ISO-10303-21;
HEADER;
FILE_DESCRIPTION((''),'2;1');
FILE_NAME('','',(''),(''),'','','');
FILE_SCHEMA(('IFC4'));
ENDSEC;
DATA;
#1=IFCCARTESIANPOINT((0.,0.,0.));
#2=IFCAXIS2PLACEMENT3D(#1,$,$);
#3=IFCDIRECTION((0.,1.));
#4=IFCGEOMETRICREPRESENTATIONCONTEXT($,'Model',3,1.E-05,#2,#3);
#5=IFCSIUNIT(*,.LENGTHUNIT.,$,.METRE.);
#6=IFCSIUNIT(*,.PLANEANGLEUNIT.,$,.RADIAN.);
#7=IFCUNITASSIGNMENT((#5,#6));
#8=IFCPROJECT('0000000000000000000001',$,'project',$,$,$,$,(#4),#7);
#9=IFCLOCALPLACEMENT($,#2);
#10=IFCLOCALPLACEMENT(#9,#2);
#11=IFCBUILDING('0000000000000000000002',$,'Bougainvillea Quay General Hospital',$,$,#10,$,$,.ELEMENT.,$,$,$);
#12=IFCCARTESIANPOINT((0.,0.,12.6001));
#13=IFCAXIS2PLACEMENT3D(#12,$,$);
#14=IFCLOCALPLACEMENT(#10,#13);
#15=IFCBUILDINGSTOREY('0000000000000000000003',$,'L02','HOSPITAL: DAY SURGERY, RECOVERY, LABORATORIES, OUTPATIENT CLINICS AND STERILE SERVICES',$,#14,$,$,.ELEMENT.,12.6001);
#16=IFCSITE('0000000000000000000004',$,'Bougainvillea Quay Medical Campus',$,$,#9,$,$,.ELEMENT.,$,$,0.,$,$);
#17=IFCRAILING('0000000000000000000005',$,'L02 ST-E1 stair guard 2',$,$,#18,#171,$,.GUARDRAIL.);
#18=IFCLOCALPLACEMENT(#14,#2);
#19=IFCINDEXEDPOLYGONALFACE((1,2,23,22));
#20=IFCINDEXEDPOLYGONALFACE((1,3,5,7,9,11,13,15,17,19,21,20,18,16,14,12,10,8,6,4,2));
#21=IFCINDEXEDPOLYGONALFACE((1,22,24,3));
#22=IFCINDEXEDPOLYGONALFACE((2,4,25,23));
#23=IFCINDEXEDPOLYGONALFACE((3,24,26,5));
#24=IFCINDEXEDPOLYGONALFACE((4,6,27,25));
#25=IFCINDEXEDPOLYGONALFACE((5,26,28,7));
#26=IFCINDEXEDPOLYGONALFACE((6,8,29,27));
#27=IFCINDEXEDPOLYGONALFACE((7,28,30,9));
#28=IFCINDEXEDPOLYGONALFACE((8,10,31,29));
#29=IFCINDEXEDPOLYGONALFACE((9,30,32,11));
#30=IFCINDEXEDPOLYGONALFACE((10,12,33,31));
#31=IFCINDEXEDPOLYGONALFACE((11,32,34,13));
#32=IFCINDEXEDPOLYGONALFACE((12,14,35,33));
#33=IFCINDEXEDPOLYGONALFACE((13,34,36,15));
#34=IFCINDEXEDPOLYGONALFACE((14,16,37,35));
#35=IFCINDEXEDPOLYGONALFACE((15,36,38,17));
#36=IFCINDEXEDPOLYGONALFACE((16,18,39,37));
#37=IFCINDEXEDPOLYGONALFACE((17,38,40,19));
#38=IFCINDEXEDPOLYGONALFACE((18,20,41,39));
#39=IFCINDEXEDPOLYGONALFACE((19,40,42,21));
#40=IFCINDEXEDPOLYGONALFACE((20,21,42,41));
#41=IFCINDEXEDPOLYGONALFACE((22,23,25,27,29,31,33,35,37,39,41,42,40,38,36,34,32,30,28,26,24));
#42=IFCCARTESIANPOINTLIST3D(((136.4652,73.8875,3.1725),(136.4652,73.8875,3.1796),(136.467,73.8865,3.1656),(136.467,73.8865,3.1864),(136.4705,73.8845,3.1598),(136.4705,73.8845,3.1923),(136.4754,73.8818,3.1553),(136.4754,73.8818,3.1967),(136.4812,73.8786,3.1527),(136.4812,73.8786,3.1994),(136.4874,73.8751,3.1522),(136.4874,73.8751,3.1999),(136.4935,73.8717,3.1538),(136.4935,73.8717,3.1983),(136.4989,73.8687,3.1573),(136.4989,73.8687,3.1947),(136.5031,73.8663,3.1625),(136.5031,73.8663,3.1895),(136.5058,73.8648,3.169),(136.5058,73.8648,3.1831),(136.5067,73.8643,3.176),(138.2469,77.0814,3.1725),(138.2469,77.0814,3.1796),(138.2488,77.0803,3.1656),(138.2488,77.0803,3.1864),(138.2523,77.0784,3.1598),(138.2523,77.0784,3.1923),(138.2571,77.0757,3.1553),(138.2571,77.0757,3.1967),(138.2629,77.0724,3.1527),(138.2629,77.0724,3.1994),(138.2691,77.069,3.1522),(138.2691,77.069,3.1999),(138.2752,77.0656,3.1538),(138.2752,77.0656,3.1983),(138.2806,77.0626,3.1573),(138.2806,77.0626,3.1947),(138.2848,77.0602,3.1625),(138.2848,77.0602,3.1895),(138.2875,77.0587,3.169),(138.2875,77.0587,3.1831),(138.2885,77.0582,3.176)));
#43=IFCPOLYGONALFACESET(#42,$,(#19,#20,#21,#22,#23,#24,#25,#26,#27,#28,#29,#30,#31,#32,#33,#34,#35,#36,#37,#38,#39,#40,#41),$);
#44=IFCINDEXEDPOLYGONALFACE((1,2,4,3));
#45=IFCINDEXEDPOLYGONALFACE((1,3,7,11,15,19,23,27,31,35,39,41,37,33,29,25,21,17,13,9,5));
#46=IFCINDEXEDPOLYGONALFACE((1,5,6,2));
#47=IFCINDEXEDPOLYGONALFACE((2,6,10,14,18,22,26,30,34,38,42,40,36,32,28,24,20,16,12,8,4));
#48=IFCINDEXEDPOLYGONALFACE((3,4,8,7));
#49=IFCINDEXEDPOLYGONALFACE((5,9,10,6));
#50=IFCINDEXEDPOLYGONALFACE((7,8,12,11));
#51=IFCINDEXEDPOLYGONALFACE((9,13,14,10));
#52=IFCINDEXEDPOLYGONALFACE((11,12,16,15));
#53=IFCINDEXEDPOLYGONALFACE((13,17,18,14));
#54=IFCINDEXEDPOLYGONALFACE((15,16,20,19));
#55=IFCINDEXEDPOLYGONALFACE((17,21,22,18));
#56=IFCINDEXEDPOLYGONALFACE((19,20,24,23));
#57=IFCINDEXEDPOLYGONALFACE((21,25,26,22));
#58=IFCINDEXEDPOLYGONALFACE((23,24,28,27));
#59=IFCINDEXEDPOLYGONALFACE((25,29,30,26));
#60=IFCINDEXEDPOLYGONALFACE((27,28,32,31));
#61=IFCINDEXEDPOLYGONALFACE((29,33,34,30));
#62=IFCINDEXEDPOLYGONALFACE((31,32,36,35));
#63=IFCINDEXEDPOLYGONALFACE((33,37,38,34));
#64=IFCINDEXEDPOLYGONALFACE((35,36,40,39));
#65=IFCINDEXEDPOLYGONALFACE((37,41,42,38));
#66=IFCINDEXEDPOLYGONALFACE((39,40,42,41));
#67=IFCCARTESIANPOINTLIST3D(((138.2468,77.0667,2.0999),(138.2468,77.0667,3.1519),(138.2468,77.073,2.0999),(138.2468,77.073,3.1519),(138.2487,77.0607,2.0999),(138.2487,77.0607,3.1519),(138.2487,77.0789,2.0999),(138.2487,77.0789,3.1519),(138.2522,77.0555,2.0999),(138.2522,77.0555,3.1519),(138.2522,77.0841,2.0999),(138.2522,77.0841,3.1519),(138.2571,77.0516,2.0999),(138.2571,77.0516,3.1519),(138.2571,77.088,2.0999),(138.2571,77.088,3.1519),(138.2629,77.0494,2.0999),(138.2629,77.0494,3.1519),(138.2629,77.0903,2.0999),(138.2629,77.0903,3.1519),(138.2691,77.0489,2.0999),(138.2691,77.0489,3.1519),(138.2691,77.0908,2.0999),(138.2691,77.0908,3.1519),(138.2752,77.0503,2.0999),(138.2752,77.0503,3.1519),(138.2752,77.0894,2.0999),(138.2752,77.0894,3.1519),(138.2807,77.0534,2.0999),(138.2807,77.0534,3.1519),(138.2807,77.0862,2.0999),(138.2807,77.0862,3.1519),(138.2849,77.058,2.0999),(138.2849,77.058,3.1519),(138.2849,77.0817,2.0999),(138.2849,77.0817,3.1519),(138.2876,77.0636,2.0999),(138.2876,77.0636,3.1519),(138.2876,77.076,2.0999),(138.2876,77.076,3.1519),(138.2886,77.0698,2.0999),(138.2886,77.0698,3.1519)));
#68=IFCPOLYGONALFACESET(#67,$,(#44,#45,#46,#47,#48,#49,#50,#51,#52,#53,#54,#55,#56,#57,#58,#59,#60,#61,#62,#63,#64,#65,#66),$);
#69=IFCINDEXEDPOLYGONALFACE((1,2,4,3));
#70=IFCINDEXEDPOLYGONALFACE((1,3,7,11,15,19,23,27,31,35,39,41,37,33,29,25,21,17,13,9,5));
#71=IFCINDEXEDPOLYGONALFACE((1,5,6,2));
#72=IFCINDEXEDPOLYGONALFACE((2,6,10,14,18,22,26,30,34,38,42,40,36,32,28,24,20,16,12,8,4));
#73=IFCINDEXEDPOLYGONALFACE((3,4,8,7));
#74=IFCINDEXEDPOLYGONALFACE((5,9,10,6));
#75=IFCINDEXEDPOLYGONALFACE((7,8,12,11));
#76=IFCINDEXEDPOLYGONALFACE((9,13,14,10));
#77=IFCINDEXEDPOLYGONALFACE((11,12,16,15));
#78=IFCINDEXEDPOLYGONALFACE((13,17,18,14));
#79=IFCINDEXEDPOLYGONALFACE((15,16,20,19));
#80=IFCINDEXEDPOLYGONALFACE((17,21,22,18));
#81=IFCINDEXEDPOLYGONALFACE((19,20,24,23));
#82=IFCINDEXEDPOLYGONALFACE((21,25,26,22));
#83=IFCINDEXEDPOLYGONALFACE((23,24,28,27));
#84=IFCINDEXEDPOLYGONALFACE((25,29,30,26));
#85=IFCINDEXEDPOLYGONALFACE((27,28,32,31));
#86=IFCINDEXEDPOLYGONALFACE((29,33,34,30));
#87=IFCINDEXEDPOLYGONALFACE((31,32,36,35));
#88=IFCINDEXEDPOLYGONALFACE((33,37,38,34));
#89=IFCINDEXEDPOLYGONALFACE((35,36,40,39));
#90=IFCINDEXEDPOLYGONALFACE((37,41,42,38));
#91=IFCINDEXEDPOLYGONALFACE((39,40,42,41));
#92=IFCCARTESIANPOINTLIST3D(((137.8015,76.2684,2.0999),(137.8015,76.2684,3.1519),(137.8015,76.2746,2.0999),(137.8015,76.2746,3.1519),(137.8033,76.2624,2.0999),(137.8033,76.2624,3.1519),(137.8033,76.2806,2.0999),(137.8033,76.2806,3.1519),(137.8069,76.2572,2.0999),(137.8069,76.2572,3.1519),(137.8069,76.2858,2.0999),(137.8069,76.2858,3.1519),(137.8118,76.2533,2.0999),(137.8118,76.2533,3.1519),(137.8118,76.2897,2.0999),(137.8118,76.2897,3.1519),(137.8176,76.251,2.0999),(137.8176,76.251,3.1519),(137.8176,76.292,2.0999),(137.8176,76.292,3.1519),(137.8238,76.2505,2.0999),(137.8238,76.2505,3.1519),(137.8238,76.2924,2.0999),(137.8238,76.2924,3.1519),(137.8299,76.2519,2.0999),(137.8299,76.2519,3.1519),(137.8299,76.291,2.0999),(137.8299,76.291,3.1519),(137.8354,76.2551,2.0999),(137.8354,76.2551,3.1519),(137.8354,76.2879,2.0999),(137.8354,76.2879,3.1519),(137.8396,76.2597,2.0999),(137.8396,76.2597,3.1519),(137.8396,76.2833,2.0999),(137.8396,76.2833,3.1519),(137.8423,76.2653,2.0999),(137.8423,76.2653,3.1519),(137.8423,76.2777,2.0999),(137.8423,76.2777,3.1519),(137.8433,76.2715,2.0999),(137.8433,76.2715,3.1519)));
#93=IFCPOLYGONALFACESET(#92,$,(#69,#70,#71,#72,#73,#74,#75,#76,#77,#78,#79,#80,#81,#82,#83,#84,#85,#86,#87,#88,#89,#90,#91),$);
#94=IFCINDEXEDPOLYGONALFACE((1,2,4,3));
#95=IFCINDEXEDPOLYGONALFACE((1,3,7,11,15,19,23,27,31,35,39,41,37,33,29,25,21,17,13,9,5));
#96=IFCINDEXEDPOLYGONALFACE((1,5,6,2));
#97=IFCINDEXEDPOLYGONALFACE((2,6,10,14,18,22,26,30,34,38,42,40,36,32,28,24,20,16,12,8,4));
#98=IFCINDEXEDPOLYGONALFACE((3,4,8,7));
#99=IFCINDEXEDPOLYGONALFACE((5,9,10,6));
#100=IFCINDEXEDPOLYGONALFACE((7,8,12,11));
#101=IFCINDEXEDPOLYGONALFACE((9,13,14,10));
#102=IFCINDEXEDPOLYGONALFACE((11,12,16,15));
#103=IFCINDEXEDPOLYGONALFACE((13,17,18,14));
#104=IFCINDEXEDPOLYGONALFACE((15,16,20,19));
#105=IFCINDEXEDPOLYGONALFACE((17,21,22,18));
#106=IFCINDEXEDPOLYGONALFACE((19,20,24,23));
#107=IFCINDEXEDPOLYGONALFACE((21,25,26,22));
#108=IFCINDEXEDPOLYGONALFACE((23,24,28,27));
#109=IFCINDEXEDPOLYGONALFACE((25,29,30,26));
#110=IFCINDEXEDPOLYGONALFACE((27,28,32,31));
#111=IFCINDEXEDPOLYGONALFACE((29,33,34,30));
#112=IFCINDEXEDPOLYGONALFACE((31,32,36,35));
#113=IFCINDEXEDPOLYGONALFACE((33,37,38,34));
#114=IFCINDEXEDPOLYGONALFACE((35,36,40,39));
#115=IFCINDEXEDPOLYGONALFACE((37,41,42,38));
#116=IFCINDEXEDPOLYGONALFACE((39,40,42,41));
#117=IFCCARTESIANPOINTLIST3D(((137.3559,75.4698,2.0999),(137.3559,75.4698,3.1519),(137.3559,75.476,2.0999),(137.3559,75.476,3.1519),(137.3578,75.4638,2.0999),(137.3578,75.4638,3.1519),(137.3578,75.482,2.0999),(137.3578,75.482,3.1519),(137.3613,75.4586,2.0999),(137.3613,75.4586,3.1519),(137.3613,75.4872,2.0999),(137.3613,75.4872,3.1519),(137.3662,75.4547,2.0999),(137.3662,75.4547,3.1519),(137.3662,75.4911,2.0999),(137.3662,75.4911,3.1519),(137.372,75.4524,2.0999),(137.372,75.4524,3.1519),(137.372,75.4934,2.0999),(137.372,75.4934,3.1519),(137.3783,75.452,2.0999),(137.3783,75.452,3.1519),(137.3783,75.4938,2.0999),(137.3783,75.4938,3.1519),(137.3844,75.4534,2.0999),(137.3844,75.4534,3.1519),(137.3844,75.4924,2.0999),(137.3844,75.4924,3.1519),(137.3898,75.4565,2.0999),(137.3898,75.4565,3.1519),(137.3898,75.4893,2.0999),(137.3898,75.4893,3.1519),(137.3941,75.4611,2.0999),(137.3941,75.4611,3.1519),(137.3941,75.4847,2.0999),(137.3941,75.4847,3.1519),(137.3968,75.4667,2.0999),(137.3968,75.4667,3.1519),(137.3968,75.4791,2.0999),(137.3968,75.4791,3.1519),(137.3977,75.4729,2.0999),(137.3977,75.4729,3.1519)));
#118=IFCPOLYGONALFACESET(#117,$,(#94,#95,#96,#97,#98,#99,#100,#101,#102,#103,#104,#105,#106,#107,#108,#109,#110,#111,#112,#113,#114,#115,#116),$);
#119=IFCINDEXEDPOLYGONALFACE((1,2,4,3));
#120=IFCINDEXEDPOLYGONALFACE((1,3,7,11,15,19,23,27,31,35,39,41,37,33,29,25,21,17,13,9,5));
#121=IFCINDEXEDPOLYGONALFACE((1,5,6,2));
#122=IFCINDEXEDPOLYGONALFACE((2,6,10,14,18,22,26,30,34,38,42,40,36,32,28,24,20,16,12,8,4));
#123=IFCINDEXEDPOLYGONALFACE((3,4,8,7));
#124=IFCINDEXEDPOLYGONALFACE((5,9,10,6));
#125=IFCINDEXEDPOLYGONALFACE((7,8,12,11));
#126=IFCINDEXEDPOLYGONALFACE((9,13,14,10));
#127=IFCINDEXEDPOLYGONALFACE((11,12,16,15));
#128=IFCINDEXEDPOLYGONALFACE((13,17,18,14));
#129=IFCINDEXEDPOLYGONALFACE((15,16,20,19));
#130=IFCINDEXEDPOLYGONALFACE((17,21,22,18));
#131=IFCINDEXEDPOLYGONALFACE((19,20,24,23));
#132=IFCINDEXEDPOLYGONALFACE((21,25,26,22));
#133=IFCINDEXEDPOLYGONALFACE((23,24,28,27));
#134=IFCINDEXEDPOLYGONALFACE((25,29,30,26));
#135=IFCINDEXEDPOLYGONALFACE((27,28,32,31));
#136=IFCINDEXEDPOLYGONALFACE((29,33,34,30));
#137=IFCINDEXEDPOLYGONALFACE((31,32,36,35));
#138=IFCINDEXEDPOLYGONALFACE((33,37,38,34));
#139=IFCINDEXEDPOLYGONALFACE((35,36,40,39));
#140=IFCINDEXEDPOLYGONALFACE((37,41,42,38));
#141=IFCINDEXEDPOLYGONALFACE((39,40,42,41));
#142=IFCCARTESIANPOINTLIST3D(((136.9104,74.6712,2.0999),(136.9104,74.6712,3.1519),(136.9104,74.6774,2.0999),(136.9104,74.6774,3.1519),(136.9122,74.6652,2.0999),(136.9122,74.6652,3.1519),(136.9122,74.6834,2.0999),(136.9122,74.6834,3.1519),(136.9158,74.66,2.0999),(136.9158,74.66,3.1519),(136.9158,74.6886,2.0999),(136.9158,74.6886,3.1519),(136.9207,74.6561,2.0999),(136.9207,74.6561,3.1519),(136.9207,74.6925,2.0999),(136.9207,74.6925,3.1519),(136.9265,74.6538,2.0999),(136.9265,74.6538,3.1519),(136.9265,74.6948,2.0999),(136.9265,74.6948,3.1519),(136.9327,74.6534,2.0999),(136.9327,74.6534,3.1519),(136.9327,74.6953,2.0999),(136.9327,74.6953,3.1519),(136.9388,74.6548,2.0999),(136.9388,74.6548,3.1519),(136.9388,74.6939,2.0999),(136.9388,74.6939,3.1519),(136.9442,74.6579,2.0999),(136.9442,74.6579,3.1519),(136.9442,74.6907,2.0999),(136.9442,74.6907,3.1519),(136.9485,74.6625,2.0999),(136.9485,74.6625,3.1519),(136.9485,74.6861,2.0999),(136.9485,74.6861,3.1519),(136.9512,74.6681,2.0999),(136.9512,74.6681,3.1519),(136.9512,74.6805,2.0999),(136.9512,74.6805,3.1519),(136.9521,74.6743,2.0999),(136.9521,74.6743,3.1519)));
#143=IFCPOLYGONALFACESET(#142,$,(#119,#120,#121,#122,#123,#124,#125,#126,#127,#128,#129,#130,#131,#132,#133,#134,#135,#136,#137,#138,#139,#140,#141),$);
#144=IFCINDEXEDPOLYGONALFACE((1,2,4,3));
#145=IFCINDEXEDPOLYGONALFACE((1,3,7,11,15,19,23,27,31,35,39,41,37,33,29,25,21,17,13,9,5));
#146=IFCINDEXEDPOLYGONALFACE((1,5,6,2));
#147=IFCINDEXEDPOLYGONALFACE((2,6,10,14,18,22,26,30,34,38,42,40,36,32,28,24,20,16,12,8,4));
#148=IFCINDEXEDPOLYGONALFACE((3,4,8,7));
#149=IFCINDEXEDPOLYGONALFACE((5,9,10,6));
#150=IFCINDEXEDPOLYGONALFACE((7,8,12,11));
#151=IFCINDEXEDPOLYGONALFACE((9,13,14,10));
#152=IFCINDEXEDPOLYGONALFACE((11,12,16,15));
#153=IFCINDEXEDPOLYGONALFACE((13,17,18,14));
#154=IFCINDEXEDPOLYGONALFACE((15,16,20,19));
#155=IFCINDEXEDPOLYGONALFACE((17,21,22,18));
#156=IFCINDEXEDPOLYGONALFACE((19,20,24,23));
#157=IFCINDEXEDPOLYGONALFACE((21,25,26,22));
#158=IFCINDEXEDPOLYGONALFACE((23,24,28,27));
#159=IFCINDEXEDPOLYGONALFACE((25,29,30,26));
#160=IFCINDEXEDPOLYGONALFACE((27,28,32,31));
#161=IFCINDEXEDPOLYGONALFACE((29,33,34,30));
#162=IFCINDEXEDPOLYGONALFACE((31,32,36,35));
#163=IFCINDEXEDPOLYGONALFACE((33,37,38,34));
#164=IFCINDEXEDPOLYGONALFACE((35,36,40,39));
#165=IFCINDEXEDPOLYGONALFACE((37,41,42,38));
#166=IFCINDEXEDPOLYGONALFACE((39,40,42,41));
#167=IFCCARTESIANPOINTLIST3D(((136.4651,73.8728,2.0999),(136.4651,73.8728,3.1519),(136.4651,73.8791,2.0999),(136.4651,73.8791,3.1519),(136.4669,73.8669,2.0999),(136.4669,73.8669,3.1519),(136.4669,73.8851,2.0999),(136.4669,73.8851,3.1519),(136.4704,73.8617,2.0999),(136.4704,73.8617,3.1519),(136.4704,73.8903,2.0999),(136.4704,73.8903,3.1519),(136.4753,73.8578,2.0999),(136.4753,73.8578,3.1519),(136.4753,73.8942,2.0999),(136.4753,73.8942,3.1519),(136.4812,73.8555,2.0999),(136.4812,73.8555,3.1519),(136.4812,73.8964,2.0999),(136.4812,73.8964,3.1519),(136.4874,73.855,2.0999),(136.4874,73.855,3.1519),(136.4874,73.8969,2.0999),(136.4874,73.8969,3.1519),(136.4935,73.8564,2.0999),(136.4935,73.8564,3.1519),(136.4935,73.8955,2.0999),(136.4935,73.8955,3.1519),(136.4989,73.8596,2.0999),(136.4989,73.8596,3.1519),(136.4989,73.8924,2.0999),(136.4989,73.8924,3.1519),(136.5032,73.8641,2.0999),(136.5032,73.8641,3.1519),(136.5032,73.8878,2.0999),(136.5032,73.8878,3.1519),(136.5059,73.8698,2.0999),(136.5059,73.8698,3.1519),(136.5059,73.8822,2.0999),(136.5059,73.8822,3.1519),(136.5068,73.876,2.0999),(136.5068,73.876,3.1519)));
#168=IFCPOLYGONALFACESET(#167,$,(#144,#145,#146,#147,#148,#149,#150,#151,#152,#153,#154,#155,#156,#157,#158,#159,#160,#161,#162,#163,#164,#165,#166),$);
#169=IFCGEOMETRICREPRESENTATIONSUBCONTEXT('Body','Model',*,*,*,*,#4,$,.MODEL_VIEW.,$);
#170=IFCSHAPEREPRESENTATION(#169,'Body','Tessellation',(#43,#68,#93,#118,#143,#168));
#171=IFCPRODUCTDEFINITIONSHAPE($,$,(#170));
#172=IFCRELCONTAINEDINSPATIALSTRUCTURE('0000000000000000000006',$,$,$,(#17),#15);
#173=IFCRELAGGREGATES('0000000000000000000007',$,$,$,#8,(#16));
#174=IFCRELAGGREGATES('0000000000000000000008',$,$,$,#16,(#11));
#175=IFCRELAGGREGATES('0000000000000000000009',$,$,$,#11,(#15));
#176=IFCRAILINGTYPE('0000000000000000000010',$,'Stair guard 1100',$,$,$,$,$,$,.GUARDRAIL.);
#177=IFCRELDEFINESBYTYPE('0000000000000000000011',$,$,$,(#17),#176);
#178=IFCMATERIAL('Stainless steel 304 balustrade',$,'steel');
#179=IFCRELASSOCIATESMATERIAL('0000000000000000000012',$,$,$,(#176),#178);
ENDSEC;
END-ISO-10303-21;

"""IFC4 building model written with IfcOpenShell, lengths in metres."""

from ifc_helpers import new_model, si_unit, direction, frame, origin, origin_2d, place, context, subcontext, project, spatial, circle, extrude, material, type_object, element, save


model = new_model("IFC4")

# Units and contexts
model_context = context("Model", 3, precision=1e-05, world=origin(), true_north=direction((0.0, 1.0)))
body_context = subcontext(model_context, "Body", "Model", "MODEL_VIEW")
ifc_project = project(units=[si_unit("LENGTHUNIT", "METRE"), si_unit("PLANEANGLEUNIT", "RADIAN")], contexts=[model_context])

# Site, building, storey
site_placement = place(None, origin())
site = spatial("IfcSite", under=ifc_project, at=site_placement, Name="Bougainvillea Quay Medical Campus", CompositionType="ELEMENT", RefElevation=0.0)
building_placement = place(site_placement, origin())
building = spatial("IfcBuilding", under=site, at=building_placement, Name="Bougainvillea Quay General Hospital", CompositionType="ELEMENT")
storey_placement = place(building_placement, frame((0.0, 0.0, 12.6001)))
storey = spatial("IfcBuildingStorey", under=building, at=storey_placement, Name="L02", Description="HOSPITAL: DAY SURGERY, RECOVERY, LABORATORIES, OUTPATIENT CLINICS AND STERILE SERVICES", CompositionType="ELEMENT", Elevation=12.6001)

# Railing
ifc_material_1 = material(Name="Stainless steel 304 balustrade", Category="steel")
railing_type_1 = type_object("IfcRailingType", Name="Stair guard 1100", PredefinedType="GUARDRAIL", material=ifc_material_1)
railing_1_placement = place(storey_placement, frame((138.2676, 77.0698, 2.0999)))
element("IfcRailing", 1, at=railing_1_placement, inside=storey, type_object=railing_type_1, Name="L02 ST-E1 stair guard 2", PredefinedType="GUARDRAIL", context=body_context, shape_type="SweptSolid", body=[
    extrude(circle(Radius=0.0239, at=origin_2d()), frame((0.0, 0.0, 1.0762), z_axis=(-0.487184, -0.873299, 0.0), x_axis=(0.873299, -0.487184, 0.0)), (0.0, 0.0, 1.0), 3.6572),
    extrude(circle(Radius=0.021, at=origin_2d()), origin(), (0.0, 0.0, 1.0), 1.052),
    extrude(circle(Radius=0.021, at=origin_2d()), frame((-0.4453, -0.7983, 0.0)), (0.0, 0.0, 1.0), 1.052),
    extrude(circle(Radius=0.021, at=origin_2d()), frame((-0.8909, -1.5969, 0.0)), (0.0, 0.0, 1.0), 1.052),
    extrude(circle(Radius=0.021, at=origin_2d()), frame((-1.3364, -2.3955, 0.0)), (0.0, 0.0, 1.0), 1.052),
    extrude(circle(Radius=0.021, at=origin_2d()), frame((-1.7817, -3.1938, 0.0)), (0.0, 0.0, 1.0), 1.052),
])

save(model, "model.ifc")
